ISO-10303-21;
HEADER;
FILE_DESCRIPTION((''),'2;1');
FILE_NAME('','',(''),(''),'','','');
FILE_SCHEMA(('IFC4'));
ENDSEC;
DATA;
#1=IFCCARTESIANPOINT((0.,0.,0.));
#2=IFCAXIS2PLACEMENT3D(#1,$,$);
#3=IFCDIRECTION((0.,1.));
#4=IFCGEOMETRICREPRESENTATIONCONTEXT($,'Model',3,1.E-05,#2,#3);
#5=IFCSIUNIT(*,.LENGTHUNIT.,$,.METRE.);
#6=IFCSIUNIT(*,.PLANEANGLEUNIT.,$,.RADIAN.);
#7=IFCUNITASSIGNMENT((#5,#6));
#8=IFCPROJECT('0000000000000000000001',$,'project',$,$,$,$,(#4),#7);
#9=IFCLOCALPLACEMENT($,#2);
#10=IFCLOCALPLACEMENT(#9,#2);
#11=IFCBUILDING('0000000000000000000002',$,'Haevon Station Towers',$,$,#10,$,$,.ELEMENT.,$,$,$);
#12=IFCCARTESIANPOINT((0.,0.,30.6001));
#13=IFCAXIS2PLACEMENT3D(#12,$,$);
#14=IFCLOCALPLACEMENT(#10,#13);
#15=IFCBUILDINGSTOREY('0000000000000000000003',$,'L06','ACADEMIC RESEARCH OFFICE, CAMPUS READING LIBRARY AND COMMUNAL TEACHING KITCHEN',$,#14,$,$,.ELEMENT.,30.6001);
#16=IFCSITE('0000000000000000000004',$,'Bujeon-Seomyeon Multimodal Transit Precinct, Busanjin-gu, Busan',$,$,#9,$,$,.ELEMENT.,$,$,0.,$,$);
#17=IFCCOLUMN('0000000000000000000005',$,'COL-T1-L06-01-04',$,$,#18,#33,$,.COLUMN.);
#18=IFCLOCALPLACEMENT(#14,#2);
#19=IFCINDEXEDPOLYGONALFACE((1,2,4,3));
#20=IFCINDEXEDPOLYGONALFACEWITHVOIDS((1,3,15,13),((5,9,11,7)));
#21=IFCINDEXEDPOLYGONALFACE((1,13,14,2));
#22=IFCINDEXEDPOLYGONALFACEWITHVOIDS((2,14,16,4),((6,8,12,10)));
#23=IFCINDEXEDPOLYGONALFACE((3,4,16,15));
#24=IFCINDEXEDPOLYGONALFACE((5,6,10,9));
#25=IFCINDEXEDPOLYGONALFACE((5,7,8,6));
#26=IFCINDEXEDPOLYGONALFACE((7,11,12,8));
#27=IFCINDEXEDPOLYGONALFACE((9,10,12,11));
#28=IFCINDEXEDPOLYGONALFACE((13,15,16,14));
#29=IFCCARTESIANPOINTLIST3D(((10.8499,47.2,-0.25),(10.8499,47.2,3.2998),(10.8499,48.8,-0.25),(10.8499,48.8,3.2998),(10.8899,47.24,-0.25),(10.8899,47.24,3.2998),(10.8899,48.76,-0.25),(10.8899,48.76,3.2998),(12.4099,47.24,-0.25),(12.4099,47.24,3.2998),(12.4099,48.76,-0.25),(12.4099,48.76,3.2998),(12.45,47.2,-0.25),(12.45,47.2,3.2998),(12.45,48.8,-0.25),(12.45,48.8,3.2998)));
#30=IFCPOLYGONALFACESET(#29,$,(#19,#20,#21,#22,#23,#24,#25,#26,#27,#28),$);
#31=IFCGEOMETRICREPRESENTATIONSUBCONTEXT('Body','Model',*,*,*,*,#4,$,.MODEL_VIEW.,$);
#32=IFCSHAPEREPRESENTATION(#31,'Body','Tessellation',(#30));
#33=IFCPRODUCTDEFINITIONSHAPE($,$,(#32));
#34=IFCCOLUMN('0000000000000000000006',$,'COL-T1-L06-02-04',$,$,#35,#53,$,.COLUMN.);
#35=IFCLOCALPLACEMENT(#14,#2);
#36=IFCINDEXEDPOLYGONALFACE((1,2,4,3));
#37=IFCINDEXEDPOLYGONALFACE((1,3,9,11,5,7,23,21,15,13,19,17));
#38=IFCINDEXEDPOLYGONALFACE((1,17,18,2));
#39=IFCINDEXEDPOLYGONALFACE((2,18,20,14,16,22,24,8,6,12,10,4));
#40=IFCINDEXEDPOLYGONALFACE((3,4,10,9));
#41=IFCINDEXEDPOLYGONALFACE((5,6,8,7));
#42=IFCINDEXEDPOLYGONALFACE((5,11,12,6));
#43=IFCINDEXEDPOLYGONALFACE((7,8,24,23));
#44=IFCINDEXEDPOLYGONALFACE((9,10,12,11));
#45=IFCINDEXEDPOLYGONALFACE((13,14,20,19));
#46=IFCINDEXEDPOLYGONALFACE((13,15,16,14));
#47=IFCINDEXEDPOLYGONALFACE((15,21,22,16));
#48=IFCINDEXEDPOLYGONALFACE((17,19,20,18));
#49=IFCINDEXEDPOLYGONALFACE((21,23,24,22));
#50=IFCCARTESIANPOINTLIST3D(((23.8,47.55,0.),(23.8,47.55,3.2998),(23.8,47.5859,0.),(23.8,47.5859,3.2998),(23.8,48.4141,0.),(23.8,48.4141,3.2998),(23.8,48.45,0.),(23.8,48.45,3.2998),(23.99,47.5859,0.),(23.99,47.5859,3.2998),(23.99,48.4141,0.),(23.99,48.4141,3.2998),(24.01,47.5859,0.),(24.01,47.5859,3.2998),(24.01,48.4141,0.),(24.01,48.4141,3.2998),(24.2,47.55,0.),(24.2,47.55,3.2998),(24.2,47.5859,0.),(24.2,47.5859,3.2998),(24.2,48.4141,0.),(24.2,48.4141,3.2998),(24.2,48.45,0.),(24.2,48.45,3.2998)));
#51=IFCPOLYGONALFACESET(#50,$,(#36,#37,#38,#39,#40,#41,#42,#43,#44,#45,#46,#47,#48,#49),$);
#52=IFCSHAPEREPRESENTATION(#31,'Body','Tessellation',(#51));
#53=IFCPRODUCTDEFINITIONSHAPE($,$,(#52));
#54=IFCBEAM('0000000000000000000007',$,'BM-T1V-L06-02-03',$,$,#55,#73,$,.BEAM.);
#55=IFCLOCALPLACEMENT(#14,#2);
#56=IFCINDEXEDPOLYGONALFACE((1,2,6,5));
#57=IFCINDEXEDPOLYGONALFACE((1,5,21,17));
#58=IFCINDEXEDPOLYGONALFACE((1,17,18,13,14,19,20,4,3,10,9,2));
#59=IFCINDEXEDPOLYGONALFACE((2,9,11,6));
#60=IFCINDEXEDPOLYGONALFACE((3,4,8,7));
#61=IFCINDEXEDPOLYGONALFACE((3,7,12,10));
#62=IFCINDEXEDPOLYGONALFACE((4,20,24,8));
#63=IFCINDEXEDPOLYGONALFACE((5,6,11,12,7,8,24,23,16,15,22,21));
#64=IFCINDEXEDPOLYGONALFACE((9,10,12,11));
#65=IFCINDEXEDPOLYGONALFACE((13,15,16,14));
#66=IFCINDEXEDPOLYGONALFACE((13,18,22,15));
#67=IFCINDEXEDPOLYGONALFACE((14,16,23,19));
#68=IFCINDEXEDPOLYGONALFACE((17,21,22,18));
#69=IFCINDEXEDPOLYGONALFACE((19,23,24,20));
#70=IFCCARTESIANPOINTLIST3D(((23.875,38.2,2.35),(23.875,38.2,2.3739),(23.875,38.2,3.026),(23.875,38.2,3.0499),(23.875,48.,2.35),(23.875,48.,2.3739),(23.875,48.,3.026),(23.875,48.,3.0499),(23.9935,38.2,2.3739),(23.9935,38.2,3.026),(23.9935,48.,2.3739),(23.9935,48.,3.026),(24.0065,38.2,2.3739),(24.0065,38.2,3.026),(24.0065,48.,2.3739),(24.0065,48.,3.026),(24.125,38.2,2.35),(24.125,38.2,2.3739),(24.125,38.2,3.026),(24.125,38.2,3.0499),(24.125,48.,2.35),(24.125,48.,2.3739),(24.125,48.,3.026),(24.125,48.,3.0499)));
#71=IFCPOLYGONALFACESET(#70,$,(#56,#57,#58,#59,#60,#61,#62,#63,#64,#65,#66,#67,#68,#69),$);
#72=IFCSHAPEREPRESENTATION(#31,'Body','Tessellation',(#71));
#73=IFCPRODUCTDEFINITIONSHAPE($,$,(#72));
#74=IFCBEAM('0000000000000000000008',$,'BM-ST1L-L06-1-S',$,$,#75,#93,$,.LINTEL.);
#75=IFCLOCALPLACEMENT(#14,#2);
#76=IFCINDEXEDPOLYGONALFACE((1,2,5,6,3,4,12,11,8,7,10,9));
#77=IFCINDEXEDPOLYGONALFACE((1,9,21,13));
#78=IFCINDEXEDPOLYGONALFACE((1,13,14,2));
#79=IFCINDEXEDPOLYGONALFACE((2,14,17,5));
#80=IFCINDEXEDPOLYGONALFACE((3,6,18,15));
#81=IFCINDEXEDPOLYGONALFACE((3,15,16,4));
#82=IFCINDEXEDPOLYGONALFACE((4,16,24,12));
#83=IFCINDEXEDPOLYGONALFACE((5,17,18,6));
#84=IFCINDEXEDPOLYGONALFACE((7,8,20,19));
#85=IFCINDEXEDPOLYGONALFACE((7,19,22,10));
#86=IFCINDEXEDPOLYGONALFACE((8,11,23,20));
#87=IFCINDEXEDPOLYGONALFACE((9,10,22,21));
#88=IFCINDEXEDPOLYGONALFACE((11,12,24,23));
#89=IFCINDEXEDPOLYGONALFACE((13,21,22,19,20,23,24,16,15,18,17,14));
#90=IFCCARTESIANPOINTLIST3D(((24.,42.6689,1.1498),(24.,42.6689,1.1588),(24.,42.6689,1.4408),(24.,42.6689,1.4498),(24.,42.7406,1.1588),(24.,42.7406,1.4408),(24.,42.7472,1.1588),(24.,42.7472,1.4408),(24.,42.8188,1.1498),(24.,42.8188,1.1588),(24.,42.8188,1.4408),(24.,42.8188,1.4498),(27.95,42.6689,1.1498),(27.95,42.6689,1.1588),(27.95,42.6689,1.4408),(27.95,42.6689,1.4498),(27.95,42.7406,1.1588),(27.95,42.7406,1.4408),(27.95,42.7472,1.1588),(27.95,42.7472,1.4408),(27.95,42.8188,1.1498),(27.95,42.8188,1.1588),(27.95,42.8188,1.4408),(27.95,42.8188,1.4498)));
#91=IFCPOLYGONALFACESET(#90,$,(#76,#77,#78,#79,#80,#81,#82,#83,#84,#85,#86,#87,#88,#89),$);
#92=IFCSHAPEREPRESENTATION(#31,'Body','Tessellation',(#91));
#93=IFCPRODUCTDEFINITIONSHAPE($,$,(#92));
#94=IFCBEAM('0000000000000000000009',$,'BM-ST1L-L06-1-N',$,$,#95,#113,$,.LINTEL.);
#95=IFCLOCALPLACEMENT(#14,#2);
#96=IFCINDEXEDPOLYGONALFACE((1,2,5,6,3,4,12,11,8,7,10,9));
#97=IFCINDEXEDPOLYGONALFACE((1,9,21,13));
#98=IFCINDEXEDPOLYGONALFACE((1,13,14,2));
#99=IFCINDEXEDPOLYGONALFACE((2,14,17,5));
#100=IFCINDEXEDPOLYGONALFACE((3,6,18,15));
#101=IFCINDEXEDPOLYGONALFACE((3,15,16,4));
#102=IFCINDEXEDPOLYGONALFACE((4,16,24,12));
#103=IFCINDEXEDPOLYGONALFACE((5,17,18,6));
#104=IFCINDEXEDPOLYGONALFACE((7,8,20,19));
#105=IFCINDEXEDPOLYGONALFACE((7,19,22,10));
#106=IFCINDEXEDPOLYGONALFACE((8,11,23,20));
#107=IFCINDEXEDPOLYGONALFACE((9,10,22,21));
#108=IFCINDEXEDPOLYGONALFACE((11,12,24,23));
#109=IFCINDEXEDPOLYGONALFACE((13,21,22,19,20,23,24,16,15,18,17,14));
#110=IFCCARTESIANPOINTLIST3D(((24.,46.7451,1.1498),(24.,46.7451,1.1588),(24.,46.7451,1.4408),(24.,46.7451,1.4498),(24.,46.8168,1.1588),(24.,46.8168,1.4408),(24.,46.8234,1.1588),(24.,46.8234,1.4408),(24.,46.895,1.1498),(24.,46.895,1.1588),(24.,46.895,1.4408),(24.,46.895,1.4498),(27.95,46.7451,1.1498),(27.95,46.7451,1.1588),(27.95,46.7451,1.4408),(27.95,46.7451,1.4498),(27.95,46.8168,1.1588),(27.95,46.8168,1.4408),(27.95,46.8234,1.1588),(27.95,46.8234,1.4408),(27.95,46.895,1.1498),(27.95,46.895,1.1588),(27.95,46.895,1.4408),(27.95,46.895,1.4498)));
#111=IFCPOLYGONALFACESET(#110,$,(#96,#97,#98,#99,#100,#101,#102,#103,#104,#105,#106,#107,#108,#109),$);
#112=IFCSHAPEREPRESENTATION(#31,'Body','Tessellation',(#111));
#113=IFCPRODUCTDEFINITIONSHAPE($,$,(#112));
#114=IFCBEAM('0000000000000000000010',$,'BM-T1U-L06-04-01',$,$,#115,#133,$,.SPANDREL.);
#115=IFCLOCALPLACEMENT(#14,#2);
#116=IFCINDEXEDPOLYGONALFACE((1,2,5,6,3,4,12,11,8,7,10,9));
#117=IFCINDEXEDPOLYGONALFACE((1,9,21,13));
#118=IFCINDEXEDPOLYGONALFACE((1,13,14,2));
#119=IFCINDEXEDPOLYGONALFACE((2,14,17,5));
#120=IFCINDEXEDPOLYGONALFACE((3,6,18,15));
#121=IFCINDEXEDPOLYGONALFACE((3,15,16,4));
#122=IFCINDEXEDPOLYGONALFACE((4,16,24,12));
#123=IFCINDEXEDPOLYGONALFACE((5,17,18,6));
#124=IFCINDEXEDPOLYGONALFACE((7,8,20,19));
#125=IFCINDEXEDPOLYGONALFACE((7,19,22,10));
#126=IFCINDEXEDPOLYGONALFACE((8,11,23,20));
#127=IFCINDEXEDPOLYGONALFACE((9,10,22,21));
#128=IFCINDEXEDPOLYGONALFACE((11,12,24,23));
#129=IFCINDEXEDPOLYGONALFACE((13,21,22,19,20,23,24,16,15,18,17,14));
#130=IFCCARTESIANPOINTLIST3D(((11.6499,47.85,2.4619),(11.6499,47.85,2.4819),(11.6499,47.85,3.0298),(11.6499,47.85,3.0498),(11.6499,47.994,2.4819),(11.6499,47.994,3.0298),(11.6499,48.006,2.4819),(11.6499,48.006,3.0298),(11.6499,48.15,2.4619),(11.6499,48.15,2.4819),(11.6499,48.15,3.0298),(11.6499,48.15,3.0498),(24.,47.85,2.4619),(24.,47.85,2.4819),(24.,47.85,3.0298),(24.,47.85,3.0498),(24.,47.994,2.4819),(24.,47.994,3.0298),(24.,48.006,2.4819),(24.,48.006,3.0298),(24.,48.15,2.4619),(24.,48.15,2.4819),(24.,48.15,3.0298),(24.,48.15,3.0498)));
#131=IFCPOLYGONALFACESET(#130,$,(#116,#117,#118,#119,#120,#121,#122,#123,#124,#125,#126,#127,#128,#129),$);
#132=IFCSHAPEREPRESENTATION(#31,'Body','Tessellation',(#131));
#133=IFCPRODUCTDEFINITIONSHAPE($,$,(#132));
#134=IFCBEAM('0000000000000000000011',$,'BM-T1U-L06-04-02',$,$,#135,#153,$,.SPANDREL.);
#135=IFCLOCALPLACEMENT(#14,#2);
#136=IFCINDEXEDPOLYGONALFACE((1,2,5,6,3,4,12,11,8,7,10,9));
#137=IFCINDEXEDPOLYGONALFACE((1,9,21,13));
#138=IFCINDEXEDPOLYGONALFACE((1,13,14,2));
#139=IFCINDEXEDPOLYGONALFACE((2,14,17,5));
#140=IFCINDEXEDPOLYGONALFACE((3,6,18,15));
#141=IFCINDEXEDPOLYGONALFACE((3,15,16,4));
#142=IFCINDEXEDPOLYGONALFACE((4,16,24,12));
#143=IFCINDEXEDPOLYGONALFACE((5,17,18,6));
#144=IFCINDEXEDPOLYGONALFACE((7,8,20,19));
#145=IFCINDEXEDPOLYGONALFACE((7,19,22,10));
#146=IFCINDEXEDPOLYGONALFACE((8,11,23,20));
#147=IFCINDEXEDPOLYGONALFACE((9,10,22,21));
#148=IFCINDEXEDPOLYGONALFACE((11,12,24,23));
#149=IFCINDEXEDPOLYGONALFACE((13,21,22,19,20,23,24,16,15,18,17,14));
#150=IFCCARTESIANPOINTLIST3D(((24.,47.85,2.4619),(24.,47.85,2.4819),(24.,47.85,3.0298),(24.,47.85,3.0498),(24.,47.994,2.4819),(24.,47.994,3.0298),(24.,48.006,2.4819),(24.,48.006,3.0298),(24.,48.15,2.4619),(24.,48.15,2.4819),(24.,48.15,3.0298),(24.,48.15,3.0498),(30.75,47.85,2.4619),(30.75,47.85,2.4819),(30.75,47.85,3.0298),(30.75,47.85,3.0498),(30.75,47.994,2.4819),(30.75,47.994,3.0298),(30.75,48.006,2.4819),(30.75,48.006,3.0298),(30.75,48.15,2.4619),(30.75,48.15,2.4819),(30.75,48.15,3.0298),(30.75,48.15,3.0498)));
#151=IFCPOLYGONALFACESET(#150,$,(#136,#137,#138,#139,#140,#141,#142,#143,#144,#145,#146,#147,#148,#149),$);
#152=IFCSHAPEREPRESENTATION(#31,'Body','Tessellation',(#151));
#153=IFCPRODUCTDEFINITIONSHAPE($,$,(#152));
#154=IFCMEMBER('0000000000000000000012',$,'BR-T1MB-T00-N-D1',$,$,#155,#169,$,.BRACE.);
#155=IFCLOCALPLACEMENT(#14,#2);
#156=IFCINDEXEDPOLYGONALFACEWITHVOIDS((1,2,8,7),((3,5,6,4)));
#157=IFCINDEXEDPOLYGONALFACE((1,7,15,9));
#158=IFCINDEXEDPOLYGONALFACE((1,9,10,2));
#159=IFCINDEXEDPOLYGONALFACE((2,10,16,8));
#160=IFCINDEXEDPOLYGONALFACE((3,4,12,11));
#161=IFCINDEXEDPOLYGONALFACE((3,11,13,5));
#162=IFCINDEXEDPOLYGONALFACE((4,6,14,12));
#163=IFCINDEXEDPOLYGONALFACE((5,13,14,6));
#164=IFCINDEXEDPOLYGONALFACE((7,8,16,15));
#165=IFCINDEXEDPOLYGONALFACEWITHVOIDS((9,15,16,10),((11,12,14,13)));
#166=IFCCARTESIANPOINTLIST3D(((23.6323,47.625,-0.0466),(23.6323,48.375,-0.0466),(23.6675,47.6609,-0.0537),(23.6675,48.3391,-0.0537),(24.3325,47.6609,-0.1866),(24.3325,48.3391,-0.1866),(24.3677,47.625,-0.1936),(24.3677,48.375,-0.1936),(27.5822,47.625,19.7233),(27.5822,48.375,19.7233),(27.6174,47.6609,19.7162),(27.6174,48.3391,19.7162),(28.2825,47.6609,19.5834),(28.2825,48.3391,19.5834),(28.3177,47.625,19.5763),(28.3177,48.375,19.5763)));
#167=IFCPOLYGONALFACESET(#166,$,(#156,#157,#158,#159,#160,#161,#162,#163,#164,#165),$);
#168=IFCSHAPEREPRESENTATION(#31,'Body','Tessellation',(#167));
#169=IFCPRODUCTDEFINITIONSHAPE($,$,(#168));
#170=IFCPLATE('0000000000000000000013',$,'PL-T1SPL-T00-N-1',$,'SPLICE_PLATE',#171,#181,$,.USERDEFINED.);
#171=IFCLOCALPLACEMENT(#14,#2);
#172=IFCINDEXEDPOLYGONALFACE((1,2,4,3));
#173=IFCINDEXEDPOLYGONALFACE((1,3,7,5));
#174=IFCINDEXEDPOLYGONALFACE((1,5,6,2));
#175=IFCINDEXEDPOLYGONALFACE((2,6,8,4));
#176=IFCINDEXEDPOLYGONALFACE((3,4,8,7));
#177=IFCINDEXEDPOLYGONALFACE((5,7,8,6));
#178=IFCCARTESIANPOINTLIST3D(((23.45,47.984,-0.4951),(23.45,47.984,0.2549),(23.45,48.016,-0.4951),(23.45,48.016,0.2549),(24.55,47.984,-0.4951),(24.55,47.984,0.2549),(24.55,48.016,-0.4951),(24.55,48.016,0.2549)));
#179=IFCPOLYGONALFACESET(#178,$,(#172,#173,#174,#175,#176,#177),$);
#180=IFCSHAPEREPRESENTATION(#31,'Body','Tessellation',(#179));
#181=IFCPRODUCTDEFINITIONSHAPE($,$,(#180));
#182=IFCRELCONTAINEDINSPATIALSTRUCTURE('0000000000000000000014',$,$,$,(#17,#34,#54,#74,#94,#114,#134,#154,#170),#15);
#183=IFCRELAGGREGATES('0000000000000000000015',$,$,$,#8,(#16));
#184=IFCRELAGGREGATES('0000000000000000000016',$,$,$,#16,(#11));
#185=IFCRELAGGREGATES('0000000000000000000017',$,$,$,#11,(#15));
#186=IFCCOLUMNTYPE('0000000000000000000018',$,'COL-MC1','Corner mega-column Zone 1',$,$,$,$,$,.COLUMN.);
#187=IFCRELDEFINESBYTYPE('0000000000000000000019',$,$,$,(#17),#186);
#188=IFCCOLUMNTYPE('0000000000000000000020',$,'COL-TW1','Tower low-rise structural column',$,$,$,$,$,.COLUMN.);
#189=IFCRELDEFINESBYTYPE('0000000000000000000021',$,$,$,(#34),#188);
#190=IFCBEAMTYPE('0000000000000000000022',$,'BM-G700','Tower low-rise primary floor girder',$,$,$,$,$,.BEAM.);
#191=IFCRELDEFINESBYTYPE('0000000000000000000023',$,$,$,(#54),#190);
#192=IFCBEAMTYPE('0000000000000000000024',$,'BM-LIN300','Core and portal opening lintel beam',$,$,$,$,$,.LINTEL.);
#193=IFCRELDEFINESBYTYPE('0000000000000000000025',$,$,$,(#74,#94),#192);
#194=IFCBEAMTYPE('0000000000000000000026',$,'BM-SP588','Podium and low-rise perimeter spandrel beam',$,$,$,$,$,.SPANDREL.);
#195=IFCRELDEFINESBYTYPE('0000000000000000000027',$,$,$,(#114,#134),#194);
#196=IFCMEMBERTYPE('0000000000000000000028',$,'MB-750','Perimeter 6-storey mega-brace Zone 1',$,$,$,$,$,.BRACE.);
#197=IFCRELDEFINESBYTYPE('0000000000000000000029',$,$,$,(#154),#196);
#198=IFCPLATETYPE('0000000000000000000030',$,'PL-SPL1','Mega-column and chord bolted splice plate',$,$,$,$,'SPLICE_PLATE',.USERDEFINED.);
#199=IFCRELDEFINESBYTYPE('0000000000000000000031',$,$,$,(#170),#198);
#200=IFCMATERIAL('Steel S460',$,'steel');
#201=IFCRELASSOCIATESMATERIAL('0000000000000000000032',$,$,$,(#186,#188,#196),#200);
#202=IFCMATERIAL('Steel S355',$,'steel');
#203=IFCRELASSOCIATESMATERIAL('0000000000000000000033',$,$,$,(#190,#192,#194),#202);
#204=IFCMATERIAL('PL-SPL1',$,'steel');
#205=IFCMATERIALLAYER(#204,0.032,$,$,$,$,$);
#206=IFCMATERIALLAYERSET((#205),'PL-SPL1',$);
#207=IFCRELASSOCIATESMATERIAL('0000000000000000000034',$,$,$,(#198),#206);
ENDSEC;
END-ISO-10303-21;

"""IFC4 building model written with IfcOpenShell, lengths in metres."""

from ifc_helpers import new_model, si_unit, direction, frame, origin, origin_2d, place, context, subcontext, project, spatial, rectangle, hollow_rectangle, i_section, extrude, material, layer, layer_set, material_profile, profile_set, type_object, element, save


model = new_model("IFC4")

# Units and contexts
model_context = context("Model", 3, precision=1e-05, world=origin(), true_north=direction((0.0, 1.0)))
body_context = subcontext(model_context, "Body", "Model", "MODEL_VIEW")
ifc_project = project(units=[si_unit("LENGTHUNIT", "METRE"), si_unit("PLANEANGLEUNIT", "RADIAN")], contexts=[model_context])

# Site, building, storey
site_placement = place(None, origin())
site = spatial("IfcSite", under=ifc_project, at=site_placement, Name="Bujeon-Seomyeon Multimodal Transit Precinct, Busanjin-gu, Busan", CompositionType="ELEMENT", RefElevation=0.0)
building_placement = place(site_placement, origin())
building = spatial("IfcBuilding", under=site, at=building_placement, Name="Haevon Station Towers", CompositionType="ELEMENT")
storey_placement = place(building_placement, frame((0.0, 0.0, 30.6001)))
storey = spatial("IfcBuildingStorey", under=building, at=storey_placement, Name="L06", Description="ACADEMIC RESEARCH OFFICE, CAMPUS READING LIBRARY AND COMMUNAL TEACHING KITCHEN", CompositionType="ELEMENT", Elevation=30.6001)

# Columns
ifc_material_1 = material(Name="Steel S460", Category="steel")
ifc_material_profile_1 = material_profile(ifc_material_1, hollow_rectangle(XDim=1.6001, YDim=1.6001, WallThickness=0.04, at=origin_2d()), Name="BOX-1600x1600x40")
ifc_profile_set_1 = profile_set([ifc_material_profile_1], Name="Steel S460")
column_type_1 = type_object("IfcColumnType", Name="COL-MC1", Description="Corner mega-column Zone 1", PredefinedType="COLUMN", material=ifc_profile_set_1)
column_1_placement = place(storey_placement, frame((11.6499, 48.0, -0.25), z_axis=(0.0, 0.0, 1.0), x_axis=(1.0, 0.0, 0.0)))
element("IfcColumn", 1, at=column_1_placement, inside=storey, type_object=column_type_1, Name="COL-T1-L06-01-04", PredefinedType="COLUMN", context=body_context, shape_type="SweptSolid", body=[
    extrude(hollow_rectangle(XDim=1.6001, YDim=1.6001, WallThickness=0.04, at=origin_2d()), origin(), (0.0, 0.0, 1.0), 3.5498),
])
ifc_material_profile_2 = material_profile(ifc_material_1, i_section(OverallWidth=0.3999, OverallDepth=0.8999, WebThickness=0.02, FlangeThickness=0.0359, at=origin_2d()), Name="H-900x400x20x36")
ifc_profile_set_2 = profile_set([ifc_material_profile_2], Name="Steel S460")
column_type_2 = type_object("IfcColumnType", Name="COL-TW1", Description="Tower low-rise structural column", PredefinedType="COLUMN", material=ifc_profile_set_2)
column_2_placement = place(storey_placement, frame((24.0, 48.0, 0.0), z_axis=(0.0, 0.0, 1.0), x_axis=(1.0, 0.0, 0.0)))
element("IfcColumn", 2, at=column_2_placement, inside=storey, type_object=column_type_2, Name="COL-T1-L06-02-04", PredefinedType="COLUMN", context=body_context, shape_type="SweptSolid", body=[
    extrude(i_section(OverallWidth=0.3999, OverallDepth=0.8999, WebThickness=0.02, FlangeThickness=0.0359, at=origin_2d()), origin(), (0.0, 0.0, 1.0), 3.2998),
])

# Beams
ifc_material_2 = material(Name="Steel S355", Category="steel")
ifc_material_profile_3 = material_profile(ifc_material_2, i_section(OverallWidth=0.25, OverallDepth=0.7, WebThickness=0.0129, FlangeThickness=0.0239, at=origin_2d()), Name="H-700x250x13x24")
ifc_profile_set_3 = profile_set([ifc_material_profile_3], Name="Steel S355")
beam_type_1 = type_object("IfcBeamType", Name="BM-G700", Description="Tower low-rise primary floor girder", PredefinedType="BEAM", material=ifc_profile_set_3)
beam_1_placement = place(storey_placement, frame((24.0, 38.2, 2.7), z_axis=(0.0, 1.0, 0.0), x_axis=(-1.0, 0.0, 0.0)))
element("IfcBeam", 3, at=beam_1_placement, inside=storey, type_object=beam_type_1, Name="BM-T1V-L06-02-03", PredefinedType="BEAM", context=body_context, shape_type="SweptSolid", body=[
    extrude(i_section(OverallWidth=0.25, OverallDepth=0.7, WebThickness=0.0129, FlangeThickness=0.0239, at=origin_2d()), origin(), (0.0, 0.0, 1.0), 9.8),
])
ifc_material_profile_4 = material_profile(ifc_material_2, i_section(OverallWidth=0.1499, OverallDepth=0.3, WebThickness=0.0066, FlangeThickness=0.009, at=origin_2d()), Name="H-300x150x6.5x9")
ifc_profile_set_4 = profile_set([ifc_material_profile_4], Name="Steel S355")
beam_type_2 = type_object("IfcBeamType", Name="BM-LIN300", Description="Core and portal opening lintel beam", PredefinedType="LINTEL", material=ifc_profile_set_4)
for number, where, z_axis, x_axis, name in (
    (4, (24.0, 42.7439, 1.2998), (1.0, 0.0, 0.0), (0.0, 1.0, 0.0), "BM-ST1L-L06-1-S"),
    (5, (24.0, 46.8201, 1.2998), (1.0, 0.0, 0.0), (0.0, 1.0, 0.0), "BM-ST1L-L06-1-N"),
):
    element("IfcBeam", number, at=place(storey_placement, frame(where, z_axis=z_axis, x_axis=x_axis)), inside=storey, type_object=beam_type_2, Name=name, PredefinedType="LINTEL", context=body_context, shape_type="SweptSolid", body=[
        extrude(i_section(OverallWidth=0.1499, OverallDepth=0.3, WebThickness=0.0066, FlangeThickness=0.009, at=origin_2d()), origin(), (0.0, 0.0, 1.0), 3.95),
    ])
ifc_material_profile_5 = material_profile(ifc_material_2, i_section(OverallWidth=0.3, OverallDepth=0.5879, WebThickness=0.012, FlangeThickness=0.02, at=origin_2d()), Name="H-588x300x12x20")
ifc_profile_set_5 = profile_set([ifc_material_profile_5], Name="Steel S355")
beam_type_3 = type_object("IfcBeamType", Name="BM-SP588", Description="Podium and low-rise perimeter spandrel beam", PredefinedType="SPANDREL", material=ifc_profile_set_5)
beam_2_placement = place(storey_placement, frame((11.6499, 48.0, 2.7559), z_axis=(1.0, 0.0, 0.0), x_axis=(0.0, 1.0, 0.0)))
element("IfcBeam", 6, at=beam_2_placement, inside=storey, type_object=beam_type_3, Name="BM-T1U-L06-04-01", PredefinedType="SPANDREL", context=body_context, shape_type="SweptSolid", body=[
    extrude(i_section(OverallWidth=0.3, OverallDepth=0.5879, WebThickness=0.012, FlangeThickness=0.02, at=origin_2d()), origin(), (0.0, 0.0, 1.0), 12.3501),
])
beam_3_placement = place(storey_placement, frame((24.0, 48.0, 2.7559), z_axis=(1.0, 0.0, 0.0), x_axis=(0.0, 1.0, 0.0)))
element("IfcBeam", 7, at=beam_3_placement, inside=storey, type_object=beam_type_3, Name="BM-T1U-L06-04-02", PredefinedType="SPANDREL", context=body_context, shape_type="SweptSolid", body=[
    extrude(i_section(OverallWidth=0.3, OverallDepth=0.5879, WebThickness=0.012, FlangeThickness=0.02, at=origin_2d()), origin(), (0.0, 0.0, 1.0), 6.75),
])

# Member
ifc_material_profile_6 = material_profile(ifc_material_1, hollow_rectangle(XDim=0.75, YDim=0.75, WallThickness=0.0359, at=origin_2d()), Name="RHS-750x750x36")
ifc_profile_set_6 = profile_set([ifc_material_profile_6], Name="Steel S460")
member_type = type_object("IfcMemberType", Name="MB-750", Description="Perimeter 6-storey mega-brace Zone 1", PredefinedType="BRACE", material=ifc_profile_set_6)
member_placement = place(storey_placement, frame((24.0, 48.0, -0.1201), z_axis=(0.195923, 0.0, 0.980619), x_axis=(0.0, 1.0, 0.0)))
element("IfcMember", 8, at=member_placement, inside=storey, type_object=member_type, Name="BR-T1MB-T00-N-D1", PredefinedType="BRACE", context=body_context, shape_type="SweptSolid", body=[
    extrude(hollow_rectangle(XDim=0.75, YDim=0.75, WallThickness=0.0359, at=origin_2d()), origin(), (0.0, 0.0, 1.0), 20.1606),
])

# Plate
ifc_material_3 = material(Name="PL-SPL1", Category="steel")
ifc_layer_1 = layer(ifc_material_3, 0.032)
ifc_layer_set_1 = layer_set([ifc_layer_1], Name="PL-SPL1")
plate_type = type_object("IfcPlateType", Name="PL-SPL1", Description="Mega-column and chord bolted splice plate", ElementType="SPLICE_PLATE", PredefinedType="USERDEFINED", material=ifc_layer_set_1)
plate_placement = place(storey_placement, frame((24.0, 48.0, -0.4951), z_axis=(0.0, 0.0, 1.0), x_axis=(1.0, 0.0, 0.0)))
element("IfcPlate", 9, at=plate_placement, inside=storey, type_object=plate_type, Name="PL-T1SPL-T00-N-1", ObjectType="SPLICE_PLATE", PredefinedType="USERDEFINED", context=body_context, shape_type="SweptSolid", body=[
    extrude(rectangle(XDim=1.1001, YDim=0.032, at=origin_2d()), origin(), (0.0, 0.0, 1.0), 0.75),
])

save(model, "model.ifc")
